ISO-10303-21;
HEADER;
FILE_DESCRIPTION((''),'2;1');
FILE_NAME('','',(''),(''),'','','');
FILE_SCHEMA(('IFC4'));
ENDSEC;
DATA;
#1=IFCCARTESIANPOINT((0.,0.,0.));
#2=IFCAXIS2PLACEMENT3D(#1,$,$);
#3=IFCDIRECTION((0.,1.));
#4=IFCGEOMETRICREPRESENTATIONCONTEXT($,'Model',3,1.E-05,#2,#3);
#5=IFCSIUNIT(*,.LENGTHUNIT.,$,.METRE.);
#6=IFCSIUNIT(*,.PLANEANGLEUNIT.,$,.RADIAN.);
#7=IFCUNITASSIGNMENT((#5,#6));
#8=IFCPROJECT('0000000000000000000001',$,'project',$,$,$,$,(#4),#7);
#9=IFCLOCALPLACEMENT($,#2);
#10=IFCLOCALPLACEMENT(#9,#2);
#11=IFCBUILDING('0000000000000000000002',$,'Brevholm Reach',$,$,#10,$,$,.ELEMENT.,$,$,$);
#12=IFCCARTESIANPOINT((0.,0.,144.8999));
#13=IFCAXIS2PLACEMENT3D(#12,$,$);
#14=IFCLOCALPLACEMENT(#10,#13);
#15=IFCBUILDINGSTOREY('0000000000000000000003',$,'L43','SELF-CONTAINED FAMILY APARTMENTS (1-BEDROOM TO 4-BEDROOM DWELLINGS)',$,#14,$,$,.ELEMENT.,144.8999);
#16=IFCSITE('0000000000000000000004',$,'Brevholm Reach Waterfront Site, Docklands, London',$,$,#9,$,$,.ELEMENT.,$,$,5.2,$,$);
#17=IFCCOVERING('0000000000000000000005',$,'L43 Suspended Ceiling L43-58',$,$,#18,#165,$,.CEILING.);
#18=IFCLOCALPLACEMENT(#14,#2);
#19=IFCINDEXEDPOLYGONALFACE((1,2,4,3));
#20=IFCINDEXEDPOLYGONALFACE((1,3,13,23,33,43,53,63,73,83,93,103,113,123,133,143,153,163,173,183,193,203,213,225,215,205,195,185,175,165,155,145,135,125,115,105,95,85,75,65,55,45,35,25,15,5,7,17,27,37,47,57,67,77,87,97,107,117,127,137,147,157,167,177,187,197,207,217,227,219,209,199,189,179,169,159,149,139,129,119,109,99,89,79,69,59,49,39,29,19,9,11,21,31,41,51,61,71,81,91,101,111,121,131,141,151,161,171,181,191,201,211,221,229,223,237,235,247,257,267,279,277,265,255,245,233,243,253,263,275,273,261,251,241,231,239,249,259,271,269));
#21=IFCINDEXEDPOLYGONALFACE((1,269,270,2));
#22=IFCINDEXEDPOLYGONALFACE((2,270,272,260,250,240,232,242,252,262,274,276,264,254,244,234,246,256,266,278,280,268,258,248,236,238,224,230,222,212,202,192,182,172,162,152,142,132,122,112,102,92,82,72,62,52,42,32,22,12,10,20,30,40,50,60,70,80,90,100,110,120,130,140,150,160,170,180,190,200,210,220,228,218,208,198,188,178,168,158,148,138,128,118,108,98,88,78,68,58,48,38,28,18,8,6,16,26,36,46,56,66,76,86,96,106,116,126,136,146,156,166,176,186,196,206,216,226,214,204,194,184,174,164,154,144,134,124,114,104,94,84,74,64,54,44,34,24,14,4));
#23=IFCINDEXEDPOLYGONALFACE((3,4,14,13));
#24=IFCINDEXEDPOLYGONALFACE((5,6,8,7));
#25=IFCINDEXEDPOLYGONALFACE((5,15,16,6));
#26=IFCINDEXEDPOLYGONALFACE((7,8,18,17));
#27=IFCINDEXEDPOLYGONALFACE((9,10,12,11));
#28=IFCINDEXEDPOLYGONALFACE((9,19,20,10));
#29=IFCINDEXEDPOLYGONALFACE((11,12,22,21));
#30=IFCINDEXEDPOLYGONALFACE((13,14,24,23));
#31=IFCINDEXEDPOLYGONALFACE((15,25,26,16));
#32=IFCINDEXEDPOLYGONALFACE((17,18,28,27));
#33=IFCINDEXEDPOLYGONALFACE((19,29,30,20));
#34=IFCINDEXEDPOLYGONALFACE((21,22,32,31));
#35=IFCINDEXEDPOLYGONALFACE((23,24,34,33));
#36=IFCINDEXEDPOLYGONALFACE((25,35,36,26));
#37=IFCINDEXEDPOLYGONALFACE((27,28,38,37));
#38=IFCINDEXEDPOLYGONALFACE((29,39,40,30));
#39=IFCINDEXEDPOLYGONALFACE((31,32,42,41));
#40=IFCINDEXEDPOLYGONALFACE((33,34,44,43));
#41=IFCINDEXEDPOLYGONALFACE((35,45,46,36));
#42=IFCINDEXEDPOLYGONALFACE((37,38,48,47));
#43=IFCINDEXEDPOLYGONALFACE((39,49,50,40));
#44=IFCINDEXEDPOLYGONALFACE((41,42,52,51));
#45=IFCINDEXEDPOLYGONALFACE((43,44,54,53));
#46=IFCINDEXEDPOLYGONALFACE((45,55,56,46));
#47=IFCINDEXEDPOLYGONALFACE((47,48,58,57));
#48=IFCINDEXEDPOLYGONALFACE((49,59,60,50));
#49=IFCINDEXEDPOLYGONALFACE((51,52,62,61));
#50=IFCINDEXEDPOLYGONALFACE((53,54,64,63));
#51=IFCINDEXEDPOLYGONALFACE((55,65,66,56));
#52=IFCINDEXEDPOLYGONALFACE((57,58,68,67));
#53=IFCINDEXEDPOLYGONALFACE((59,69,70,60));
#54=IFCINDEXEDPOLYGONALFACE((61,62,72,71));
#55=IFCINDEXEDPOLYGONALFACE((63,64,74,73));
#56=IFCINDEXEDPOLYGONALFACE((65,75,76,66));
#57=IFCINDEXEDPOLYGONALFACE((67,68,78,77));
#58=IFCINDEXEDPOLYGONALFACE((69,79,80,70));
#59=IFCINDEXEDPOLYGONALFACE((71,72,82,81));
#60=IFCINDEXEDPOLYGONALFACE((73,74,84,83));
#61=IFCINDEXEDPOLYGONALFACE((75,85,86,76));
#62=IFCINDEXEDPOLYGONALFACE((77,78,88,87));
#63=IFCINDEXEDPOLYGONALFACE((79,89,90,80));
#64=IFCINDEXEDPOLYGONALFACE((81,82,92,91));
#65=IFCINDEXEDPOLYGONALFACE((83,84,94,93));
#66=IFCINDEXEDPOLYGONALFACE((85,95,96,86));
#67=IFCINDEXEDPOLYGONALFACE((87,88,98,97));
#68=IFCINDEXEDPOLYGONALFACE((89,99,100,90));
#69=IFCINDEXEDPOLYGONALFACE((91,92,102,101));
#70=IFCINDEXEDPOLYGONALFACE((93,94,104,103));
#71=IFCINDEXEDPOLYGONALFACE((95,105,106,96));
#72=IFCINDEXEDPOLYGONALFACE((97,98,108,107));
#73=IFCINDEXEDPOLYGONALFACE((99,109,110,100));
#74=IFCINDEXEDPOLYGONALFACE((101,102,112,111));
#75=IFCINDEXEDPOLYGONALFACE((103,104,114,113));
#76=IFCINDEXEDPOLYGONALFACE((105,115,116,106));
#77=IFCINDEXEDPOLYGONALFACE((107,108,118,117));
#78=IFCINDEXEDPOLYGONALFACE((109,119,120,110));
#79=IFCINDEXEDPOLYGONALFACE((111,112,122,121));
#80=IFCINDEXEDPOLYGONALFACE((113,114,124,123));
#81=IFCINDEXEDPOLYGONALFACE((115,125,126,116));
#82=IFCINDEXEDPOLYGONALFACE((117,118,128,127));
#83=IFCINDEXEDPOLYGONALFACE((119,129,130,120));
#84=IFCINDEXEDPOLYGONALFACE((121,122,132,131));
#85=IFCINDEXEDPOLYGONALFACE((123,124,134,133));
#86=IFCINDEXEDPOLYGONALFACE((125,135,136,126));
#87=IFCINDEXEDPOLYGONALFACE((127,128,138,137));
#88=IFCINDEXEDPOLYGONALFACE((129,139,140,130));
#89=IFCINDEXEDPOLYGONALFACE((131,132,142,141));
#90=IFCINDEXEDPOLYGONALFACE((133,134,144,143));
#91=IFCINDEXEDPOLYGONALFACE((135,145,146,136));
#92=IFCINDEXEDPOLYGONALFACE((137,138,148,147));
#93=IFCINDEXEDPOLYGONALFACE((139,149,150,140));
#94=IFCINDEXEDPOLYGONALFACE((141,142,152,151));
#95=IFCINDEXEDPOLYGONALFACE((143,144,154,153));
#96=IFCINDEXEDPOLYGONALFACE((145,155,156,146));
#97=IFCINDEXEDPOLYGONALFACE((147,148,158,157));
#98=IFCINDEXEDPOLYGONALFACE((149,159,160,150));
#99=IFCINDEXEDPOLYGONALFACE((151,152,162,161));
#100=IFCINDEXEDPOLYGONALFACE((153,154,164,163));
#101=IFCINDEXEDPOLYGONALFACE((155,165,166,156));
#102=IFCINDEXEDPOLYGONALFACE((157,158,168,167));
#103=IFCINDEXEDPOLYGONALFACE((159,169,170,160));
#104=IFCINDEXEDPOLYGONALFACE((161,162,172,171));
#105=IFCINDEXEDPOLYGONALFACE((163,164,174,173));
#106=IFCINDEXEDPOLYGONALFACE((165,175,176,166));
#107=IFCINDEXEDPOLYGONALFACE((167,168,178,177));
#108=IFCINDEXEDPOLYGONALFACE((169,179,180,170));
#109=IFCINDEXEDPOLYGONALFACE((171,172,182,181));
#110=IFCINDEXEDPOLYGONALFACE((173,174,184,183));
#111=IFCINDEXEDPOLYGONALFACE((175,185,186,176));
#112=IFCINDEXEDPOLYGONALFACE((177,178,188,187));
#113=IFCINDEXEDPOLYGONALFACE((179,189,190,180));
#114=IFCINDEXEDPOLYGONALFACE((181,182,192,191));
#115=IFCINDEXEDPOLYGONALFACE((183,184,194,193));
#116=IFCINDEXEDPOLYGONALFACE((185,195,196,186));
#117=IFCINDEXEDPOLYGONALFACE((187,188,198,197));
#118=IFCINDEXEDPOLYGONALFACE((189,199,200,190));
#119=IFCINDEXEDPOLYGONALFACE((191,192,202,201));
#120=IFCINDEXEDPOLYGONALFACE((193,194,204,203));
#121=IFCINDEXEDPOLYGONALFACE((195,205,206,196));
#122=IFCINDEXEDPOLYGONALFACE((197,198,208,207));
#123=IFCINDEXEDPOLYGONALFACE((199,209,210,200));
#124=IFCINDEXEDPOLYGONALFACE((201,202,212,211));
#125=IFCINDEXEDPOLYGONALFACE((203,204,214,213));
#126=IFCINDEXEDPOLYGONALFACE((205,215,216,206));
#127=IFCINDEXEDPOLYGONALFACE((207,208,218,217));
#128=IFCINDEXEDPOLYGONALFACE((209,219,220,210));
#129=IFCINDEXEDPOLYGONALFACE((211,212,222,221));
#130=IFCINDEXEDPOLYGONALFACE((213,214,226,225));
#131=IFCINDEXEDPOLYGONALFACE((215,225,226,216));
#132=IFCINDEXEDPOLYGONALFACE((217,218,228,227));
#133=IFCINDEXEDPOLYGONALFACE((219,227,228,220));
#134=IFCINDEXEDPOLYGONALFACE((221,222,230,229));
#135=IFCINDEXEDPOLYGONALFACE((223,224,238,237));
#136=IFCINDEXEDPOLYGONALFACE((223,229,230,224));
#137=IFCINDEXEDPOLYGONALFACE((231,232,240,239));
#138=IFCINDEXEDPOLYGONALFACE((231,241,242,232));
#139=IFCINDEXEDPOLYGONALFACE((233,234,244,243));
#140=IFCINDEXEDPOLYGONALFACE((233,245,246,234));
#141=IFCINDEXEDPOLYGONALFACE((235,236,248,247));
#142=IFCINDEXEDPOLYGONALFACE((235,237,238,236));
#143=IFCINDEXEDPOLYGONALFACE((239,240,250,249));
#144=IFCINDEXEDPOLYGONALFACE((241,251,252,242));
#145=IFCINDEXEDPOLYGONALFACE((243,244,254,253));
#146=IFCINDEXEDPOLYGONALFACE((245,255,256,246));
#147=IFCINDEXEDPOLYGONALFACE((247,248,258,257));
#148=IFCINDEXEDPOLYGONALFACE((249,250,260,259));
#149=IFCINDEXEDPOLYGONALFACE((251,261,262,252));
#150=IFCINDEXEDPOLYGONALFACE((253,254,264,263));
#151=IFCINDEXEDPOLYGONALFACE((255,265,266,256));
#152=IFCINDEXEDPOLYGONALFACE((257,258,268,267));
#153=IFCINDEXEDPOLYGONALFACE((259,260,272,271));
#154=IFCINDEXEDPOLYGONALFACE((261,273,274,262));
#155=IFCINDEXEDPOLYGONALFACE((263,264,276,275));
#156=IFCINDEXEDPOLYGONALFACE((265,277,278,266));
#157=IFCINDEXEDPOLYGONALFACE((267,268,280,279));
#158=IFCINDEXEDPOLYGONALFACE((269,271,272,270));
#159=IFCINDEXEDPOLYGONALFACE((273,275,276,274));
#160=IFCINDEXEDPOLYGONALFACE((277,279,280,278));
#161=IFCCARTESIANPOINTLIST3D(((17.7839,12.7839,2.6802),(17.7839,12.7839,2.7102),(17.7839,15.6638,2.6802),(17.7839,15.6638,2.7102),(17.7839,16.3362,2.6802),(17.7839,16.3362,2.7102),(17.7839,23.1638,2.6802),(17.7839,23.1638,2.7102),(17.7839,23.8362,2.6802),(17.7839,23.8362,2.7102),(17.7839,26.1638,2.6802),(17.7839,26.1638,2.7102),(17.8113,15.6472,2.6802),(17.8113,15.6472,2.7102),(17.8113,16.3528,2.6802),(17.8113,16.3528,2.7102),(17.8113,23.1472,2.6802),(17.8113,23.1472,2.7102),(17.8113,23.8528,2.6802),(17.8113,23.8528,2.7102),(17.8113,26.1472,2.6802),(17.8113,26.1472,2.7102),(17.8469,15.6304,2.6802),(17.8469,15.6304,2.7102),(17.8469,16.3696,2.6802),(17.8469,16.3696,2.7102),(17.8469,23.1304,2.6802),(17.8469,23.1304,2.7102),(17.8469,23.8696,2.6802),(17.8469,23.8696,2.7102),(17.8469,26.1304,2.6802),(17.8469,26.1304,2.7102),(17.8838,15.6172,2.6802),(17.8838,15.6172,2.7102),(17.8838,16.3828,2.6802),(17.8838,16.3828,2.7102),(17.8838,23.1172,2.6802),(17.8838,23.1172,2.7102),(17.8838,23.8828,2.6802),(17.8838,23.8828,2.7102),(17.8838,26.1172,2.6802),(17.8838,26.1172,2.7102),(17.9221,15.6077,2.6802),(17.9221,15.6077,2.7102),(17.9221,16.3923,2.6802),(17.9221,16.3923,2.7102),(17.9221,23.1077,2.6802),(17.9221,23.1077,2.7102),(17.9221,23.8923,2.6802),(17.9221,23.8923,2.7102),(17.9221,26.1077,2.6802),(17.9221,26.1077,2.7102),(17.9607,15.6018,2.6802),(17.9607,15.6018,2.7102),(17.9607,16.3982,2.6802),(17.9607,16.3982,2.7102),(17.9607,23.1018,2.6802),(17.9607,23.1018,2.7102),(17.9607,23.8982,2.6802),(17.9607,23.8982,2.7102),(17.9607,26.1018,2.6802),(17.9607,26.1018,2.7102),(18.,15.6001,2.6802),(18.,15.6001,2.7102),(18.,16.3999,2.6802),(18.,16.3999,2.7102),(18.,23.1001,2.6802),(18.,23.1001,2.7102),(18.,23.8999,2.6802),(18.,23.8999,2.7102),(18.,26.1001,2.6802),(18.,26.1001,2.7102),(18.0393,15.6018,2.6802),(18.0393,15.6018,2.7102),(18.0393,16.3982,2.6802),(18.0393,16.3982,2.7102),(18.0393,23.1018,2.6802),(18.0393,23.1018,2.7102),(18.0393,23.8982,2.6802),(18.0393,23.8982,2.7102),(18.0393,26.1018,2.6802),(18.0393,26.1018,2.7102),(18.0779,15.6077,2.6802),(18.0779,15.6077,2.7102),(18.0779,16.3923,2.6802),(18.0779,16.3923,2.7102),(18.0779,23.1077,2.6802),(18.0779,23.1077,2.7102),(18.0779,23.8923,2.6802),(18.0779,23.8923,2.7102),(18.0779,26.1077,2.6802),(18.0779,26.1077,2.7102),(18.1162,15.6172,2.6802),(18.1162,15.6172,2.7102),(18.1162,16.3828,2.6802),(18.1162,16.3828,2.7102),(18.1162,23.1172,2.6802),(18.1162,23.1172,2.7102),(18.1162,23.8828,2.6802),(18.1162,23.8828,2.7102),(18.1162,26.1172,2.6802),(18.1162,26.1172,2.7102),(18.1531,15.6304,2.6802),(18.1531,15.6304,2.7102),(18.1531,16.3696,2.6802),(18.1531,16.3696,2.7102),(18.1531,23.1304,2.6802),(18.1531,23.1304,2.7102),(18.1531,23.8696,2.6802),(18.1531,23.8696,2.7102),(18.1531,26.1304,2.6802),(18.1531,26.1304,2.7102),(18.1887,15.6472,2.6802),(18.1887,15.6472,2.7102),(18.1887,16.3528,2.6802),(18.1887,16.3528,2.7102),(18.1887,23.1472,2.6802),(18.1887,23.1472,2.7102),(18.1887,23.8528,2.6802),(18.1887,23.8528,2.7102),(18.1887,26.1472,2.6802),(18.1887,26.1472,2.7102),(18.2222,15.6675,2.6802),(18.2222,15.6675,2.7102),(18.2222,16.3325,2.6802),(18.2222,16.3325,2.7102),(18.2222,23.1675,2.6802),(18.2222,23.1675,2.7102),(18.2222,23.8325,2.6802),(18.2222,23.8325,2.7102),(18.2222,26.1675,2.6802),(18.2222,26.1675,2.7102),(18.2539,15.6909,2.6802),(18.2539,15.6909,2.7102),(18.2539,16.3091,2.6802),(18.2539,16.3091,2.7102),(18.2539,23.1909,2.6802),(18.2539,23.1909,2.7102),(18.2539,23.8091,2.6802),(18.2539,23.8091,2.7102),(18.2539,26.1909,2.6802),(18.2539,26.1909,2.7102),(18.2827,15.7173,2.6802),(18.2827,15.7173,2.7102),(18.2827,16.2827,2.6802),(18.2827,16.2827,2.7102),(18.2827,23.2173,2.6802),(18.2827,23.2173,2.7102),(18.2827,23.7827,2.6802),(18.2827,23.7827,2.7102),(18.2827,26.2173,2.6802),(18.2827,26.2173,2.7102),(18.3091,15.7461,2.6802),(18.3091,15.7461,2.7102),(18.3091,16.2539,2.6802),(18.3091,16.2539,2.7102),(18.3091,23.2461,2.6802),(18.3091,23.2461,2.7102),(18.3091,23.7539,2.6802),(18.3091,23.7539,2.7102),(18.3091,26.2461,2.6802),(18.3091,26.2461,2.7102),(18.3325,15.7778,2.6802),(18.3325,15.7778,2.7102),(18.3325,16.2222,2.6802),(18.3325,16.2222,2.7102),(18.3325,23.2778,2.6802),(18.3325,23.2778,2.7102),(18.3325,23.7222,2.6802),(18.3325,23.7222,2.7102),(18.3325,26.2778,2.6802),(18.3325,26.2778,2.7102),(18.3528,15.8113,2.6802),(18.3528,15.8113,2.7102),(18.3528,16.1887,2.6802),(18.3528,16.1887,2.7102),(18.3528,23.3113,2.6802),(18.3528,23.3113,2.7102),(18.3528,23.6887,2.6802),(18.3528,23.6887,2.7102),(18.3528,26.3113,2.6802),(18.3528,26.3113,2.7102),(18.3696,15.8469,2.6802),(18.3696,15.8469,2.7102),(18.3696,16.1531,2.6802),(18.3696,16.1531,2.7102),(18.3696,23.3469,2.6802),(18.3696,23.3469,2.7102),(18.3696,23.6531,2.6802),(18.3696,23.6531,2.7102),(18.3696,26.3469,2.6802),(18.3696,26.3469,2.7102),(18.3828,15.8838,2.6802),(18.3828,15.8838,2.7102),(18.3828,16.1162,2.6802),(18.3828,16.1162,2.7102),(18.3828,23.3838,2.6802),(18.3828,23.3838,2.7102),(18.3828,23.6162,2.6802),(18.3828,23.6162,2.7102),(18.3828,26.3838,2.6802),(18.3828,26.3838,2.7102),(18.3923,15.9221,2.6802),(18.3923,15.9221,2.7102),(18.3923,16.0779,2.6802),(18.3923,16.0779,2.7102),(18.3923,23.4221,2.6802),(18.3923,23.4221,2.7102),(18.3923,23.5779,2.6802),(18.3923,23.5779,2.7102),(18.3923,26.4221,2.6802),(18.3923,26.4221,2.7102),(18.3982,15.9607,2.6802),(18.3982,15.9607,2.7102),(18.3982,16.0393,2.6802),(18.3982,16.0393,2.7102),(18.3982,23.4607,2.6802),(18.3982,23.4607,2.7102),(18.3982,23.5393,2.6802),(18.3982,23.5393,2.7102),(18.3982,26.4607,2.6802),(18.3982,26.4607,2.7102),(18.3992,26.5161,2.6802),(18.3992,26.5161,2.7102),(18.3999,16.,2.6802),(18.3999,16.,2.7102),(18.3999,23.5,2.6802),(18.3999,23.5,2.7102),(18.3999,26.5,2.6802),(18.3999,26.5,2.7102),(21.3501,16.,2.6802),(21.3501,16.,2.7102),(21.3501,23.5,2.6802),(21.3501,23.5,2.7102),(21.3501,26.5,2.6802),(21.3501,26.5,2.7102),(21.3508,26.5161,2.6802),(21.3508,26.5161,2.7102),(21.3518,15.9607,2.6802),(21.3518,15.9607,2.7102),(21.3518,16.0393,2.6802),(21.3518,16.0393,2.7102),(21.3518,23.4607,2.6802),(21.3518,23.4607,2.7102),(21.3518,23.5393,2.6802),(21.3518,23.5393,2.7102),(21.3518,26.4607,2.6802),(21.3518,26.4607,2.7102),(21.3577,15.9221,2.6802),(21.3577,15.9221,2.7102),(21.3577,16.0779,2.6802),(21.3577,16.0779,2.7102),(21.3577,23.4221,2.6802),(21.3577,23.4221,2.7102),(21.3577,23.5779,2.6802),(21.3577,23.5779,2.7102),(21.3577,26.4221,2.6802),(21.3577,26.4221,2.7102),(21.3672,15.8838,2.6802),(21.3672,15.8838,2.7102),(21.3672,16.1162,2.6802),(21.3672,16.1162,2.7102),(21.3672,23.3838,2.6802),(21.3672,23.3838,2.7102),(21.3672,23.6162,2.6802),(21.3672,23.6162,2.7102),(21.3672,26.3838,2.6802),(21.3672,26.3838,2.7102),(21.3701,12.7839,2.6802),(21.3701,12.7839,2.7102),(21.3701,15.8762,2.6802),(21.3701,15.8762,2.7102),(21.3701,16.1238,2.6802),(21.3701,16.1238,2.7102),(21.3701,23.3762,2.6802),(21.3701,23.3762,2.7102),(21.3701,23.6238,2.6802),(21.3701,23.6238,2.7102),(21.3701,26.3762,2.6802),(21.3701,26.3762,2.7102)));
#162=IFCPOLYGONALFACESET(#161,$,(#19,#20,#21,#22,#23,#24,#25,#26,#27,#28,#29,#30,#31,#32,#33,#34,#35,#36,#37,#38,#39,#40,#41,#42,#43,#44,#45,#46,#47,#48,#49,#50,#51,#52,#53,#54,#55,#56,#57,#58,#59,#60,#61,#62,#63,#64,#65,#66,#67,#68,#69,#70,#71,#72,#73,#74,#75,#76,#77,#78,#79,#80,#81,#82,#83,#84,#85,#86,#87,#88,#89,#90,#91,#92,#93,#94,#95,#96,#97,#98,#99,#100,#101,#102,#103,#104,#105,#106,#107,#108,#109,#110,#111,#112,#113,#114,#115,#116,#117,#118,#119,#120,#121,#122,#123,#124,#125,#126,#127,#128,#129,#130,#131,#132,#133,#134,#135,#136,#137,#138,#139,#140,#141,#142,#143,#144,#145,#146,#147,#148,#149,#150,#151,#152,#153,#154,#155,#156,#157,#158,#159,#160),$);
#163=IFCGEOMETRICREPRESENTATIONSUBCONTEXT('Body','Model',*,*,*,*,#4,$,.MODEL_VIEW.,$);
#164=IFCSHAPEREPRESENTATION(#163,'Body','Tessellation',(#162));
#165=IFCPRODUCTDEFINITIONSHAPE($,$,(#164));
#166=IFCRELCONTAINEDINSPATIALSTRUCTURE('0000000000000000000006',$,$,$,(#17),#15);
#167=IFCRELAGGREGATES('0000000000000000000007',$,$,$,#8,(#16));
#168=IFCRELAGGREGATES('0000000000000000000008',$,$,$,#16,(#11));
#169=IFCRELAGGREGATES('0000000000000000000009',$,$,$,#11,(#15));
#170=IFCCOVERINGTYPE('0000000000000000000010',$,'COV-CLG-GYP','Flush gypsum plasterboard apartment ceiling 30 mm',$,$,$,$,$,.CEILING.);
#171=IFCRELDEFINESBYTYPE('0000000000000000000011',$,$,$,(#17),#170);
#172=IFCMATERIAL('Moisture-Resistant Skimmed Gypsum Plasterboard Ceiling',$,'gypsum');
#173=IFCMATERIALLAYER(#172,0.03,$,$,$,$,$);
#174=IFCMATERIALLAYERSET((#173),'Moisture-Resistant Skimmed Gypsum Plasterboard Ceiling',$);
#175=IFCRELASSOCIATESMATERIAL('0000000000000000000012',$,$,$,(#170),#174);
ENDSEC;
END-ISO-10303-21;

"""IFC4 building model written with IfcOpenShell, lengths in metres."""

from ifc_helpers import new_model, si_unit, direction, frame, origin, place, context, subcontext, project, spatial, polyline, outline, extrude, material, layer, layer_set, type_object, element, save


model = new_model("IFC4")

# Units and contexts
model_context = context("Model", 3, precision=1e-05, world=origin(), true_north=direction((0.0, 1.0)))
body_context = subcontext(model_context, "Body", "Model", "MODEL_VIEW")
ifc_project = project(units=[si_unit("LENGTHUNIT", "METRE"), si_unit("PLANEANGLEUNIT", "RADIAN")], contexts=[model_context])

# Site, building, storey
site_placement = place(None, origin())
site = spatial("IfcSite", under=ifc_project, at=site_placement, Name="Brevholm Reach Waterfront Site, Docklands, London", CompositionType="ELEMENT", RefElevation=5.2)
building_placement = place(site_placement, origin())
building = spatial("IfcBuilding", under=site, at=building_placement, Name="Brevholm Reach", CompositionType="ELEMENT")
storey_placement = place(building_placement, frame((0.0, 0.0, 144.8999)))
storey = spatial("IfcBuildingStorey", under=building, at=storey_placement, Name="L43", Description="SELF-CONTAINED FAMILY APARTMENTS (1-BEDROOM TO 4-BEDROOM DWELLINGS)", CompositionType="ELEMENT", Elevation=144.8999)

# Covering
ifc_material_1 = material(Name="Moisture-Resistant Skimmed Gypsum Plasterboard Ceiling", Category="gypsum")
ifc_layer_1 = layer(ifc_material_1, 0.03)
ifc_layer_set_1 = layer_set([ifc_layer_1], Name="Moisture-Resistant Skimmed Gypsum Plasterboard Ceiling")
covering_type_1 = type_object("IfcCoveringType", Name="COV-CLG-GYP", Description="Flush gypsum plasterboard apartment ceiling 30 mm", PredefinedType="CEILING", material=ifc_layer_set_1)
covering_1_placement = place(storey_placement, frame((0.0, 0.0, 2.6802)))
element("IfcCovering", 1, at=covering_1_placement, inside=storey, type_object=covering_type_1, Name="L43 Suspended Ceiling L43-58", PredefinedType="CEILING", context=body_context, shape_type="SweptSolid", body=[
    extrude(outline(polyline([(21.3701, 23.6238), (21.3672, 23.6162), (21.3577, 23.5779), (21.3518, 23.5393), (21.3501, 23.5), (21.3518, 23.4607), (21.3577, 23.4221), (21.3672, 23.3838), (21.3701, 23.3762), (21.3701, 16.1238), (21.3672, 16.1162), (21.3577, 16.0779), (21.3518, 16.0393), (21.3501, 16.0), (21.3518, 15.9607), (21.3577, 15.9221), (21.3672, 15.8838), (21.3701, 15.8762), (21.3701, 12.7839), (17.7839, 12.7839), (17.7839, 15.6638), (17.8113, 15.6472), (17.8469, 15.6304), (17.8838, 15.6172), (17.9221, 15.6077), (17.9607, 15.6018), (18.0, 15.6001), (18.0393, 15.6018), (18.0779, 15.6077), (18.1162, 15.6172), (18.1531, 15.6304), (18.1887, 15.6472), (18.2222, 15.6675), (18.2539, 15.6909), (18.2827, 15.7173), (18.3091, 15.7461), (18.3325, 15.7778), (18.3528, 15.8113), (18.3696, 15.8469), (18.3828, 15.8838), (18.3923, 15.9221), (18.3982, 15.9607), (18.3999, 16.0), (18.3982, 16.0393), (18.3923, 16.0779), (18.3828, 16.1162), (18.3696, 16.1531), (18.3528, 16.1887), (18.3325, 16.2222), (18.3091, 16.2539), (18.2827, 16.2827), (18.2539, 16.3091), (18.2222, 16.3325), (18.1887, 16.3528), (18.1531, 16.3696), (18.1162, 16.3828), (18.0779, 16.3923), (18.0393, 16.3982), (18.0, 16.3999), (17.9607, 16.3982), (17.9221, 16.3923), (17.8838, 16.3828), (17.8469, 16.3696), (17.8113, 16.3528), (17.7839, 16.3362), (17.7839, 23.1638), (17.8113, 23.1472), (17.8469, 23.1304), (17.8838, 23.1172), (17.9221, 23.1077), (17.9607, 23.1018), (18.0, 23.1001), (18.0393, 23.1018), (18.0779, 23.1077), (18.1162, 23.1172), (18.1531, 23.1304), (18.1887, 23.1472), (18.2222, 23.1675), (18.2539, 23.1909), (18.2827, 23.2173), (18.3091, 23.2461), (18.3325, 23.2778), (18.3528, 23.3113), (18.3696, 23.3469), (18.3828, 23.3838), (18.3923, 23.4221), (18.3982, 23.4607), (18.3999, 23.5), (18.3982, 23.5393), (18.3923, 23.5779), (18.3828, 23.6162), (18.3696, 23.6531), (18.3528, 23.6887), (18.3325, 23.7222), (18.3091, 23.7539), (18.2827, 23.7827), (18.2539, 23.8091), (18.2222, 23.8325), (18.1887, 23.8528), (18.1531, 23.8696), (18.1162, 23.8828), (18.0779, 23.8923), (18.0393, 23.8982), (18.0, 23.8999), (17.9607, 23.8982), (17.9221, 23.8923), (17.8838, 23.8828), (17.8469, 23.8696), (17.8113, 23.8528), (17.7839, 23.8362), (17.7839, 26.1638), (17.8113, 26.1472), (17.8469, 26.1304), (17.8838, 26.1172), (17.9221, 26.1077), (17.9607, 26.1018), (18.0, 26.1001), (18.0393, 26.1018), (18.0779, 26.1077), (18.1162, 26.1172), (18.1531, 26.1304), (18.1887, 26.1472), (18.2222, 26.1675), (18.2539, 26.1909), (18.2827, 26.2173), (18.3091, 26.2461), (18.3325, 26.2778), (18.3528, 26.3113), (18.3696, 26.3469), (18.3828, 26.3838), (18.3923, 26.4221), (18.3982, 26.4607), (18.3999, 26.5), (18.3992, 26.5161), (21.3508, 26.5161), (21.3501, 26.5), (21.3518, 26.4607), (21.3577, 26.4221), (21.3672, 26.3838), (21.3701, 26.3762), (21.3701, 23.6238)])), origin(), (0.0, 0.0, 1.0), 0.03),
])

save(model, "model.ifc")
